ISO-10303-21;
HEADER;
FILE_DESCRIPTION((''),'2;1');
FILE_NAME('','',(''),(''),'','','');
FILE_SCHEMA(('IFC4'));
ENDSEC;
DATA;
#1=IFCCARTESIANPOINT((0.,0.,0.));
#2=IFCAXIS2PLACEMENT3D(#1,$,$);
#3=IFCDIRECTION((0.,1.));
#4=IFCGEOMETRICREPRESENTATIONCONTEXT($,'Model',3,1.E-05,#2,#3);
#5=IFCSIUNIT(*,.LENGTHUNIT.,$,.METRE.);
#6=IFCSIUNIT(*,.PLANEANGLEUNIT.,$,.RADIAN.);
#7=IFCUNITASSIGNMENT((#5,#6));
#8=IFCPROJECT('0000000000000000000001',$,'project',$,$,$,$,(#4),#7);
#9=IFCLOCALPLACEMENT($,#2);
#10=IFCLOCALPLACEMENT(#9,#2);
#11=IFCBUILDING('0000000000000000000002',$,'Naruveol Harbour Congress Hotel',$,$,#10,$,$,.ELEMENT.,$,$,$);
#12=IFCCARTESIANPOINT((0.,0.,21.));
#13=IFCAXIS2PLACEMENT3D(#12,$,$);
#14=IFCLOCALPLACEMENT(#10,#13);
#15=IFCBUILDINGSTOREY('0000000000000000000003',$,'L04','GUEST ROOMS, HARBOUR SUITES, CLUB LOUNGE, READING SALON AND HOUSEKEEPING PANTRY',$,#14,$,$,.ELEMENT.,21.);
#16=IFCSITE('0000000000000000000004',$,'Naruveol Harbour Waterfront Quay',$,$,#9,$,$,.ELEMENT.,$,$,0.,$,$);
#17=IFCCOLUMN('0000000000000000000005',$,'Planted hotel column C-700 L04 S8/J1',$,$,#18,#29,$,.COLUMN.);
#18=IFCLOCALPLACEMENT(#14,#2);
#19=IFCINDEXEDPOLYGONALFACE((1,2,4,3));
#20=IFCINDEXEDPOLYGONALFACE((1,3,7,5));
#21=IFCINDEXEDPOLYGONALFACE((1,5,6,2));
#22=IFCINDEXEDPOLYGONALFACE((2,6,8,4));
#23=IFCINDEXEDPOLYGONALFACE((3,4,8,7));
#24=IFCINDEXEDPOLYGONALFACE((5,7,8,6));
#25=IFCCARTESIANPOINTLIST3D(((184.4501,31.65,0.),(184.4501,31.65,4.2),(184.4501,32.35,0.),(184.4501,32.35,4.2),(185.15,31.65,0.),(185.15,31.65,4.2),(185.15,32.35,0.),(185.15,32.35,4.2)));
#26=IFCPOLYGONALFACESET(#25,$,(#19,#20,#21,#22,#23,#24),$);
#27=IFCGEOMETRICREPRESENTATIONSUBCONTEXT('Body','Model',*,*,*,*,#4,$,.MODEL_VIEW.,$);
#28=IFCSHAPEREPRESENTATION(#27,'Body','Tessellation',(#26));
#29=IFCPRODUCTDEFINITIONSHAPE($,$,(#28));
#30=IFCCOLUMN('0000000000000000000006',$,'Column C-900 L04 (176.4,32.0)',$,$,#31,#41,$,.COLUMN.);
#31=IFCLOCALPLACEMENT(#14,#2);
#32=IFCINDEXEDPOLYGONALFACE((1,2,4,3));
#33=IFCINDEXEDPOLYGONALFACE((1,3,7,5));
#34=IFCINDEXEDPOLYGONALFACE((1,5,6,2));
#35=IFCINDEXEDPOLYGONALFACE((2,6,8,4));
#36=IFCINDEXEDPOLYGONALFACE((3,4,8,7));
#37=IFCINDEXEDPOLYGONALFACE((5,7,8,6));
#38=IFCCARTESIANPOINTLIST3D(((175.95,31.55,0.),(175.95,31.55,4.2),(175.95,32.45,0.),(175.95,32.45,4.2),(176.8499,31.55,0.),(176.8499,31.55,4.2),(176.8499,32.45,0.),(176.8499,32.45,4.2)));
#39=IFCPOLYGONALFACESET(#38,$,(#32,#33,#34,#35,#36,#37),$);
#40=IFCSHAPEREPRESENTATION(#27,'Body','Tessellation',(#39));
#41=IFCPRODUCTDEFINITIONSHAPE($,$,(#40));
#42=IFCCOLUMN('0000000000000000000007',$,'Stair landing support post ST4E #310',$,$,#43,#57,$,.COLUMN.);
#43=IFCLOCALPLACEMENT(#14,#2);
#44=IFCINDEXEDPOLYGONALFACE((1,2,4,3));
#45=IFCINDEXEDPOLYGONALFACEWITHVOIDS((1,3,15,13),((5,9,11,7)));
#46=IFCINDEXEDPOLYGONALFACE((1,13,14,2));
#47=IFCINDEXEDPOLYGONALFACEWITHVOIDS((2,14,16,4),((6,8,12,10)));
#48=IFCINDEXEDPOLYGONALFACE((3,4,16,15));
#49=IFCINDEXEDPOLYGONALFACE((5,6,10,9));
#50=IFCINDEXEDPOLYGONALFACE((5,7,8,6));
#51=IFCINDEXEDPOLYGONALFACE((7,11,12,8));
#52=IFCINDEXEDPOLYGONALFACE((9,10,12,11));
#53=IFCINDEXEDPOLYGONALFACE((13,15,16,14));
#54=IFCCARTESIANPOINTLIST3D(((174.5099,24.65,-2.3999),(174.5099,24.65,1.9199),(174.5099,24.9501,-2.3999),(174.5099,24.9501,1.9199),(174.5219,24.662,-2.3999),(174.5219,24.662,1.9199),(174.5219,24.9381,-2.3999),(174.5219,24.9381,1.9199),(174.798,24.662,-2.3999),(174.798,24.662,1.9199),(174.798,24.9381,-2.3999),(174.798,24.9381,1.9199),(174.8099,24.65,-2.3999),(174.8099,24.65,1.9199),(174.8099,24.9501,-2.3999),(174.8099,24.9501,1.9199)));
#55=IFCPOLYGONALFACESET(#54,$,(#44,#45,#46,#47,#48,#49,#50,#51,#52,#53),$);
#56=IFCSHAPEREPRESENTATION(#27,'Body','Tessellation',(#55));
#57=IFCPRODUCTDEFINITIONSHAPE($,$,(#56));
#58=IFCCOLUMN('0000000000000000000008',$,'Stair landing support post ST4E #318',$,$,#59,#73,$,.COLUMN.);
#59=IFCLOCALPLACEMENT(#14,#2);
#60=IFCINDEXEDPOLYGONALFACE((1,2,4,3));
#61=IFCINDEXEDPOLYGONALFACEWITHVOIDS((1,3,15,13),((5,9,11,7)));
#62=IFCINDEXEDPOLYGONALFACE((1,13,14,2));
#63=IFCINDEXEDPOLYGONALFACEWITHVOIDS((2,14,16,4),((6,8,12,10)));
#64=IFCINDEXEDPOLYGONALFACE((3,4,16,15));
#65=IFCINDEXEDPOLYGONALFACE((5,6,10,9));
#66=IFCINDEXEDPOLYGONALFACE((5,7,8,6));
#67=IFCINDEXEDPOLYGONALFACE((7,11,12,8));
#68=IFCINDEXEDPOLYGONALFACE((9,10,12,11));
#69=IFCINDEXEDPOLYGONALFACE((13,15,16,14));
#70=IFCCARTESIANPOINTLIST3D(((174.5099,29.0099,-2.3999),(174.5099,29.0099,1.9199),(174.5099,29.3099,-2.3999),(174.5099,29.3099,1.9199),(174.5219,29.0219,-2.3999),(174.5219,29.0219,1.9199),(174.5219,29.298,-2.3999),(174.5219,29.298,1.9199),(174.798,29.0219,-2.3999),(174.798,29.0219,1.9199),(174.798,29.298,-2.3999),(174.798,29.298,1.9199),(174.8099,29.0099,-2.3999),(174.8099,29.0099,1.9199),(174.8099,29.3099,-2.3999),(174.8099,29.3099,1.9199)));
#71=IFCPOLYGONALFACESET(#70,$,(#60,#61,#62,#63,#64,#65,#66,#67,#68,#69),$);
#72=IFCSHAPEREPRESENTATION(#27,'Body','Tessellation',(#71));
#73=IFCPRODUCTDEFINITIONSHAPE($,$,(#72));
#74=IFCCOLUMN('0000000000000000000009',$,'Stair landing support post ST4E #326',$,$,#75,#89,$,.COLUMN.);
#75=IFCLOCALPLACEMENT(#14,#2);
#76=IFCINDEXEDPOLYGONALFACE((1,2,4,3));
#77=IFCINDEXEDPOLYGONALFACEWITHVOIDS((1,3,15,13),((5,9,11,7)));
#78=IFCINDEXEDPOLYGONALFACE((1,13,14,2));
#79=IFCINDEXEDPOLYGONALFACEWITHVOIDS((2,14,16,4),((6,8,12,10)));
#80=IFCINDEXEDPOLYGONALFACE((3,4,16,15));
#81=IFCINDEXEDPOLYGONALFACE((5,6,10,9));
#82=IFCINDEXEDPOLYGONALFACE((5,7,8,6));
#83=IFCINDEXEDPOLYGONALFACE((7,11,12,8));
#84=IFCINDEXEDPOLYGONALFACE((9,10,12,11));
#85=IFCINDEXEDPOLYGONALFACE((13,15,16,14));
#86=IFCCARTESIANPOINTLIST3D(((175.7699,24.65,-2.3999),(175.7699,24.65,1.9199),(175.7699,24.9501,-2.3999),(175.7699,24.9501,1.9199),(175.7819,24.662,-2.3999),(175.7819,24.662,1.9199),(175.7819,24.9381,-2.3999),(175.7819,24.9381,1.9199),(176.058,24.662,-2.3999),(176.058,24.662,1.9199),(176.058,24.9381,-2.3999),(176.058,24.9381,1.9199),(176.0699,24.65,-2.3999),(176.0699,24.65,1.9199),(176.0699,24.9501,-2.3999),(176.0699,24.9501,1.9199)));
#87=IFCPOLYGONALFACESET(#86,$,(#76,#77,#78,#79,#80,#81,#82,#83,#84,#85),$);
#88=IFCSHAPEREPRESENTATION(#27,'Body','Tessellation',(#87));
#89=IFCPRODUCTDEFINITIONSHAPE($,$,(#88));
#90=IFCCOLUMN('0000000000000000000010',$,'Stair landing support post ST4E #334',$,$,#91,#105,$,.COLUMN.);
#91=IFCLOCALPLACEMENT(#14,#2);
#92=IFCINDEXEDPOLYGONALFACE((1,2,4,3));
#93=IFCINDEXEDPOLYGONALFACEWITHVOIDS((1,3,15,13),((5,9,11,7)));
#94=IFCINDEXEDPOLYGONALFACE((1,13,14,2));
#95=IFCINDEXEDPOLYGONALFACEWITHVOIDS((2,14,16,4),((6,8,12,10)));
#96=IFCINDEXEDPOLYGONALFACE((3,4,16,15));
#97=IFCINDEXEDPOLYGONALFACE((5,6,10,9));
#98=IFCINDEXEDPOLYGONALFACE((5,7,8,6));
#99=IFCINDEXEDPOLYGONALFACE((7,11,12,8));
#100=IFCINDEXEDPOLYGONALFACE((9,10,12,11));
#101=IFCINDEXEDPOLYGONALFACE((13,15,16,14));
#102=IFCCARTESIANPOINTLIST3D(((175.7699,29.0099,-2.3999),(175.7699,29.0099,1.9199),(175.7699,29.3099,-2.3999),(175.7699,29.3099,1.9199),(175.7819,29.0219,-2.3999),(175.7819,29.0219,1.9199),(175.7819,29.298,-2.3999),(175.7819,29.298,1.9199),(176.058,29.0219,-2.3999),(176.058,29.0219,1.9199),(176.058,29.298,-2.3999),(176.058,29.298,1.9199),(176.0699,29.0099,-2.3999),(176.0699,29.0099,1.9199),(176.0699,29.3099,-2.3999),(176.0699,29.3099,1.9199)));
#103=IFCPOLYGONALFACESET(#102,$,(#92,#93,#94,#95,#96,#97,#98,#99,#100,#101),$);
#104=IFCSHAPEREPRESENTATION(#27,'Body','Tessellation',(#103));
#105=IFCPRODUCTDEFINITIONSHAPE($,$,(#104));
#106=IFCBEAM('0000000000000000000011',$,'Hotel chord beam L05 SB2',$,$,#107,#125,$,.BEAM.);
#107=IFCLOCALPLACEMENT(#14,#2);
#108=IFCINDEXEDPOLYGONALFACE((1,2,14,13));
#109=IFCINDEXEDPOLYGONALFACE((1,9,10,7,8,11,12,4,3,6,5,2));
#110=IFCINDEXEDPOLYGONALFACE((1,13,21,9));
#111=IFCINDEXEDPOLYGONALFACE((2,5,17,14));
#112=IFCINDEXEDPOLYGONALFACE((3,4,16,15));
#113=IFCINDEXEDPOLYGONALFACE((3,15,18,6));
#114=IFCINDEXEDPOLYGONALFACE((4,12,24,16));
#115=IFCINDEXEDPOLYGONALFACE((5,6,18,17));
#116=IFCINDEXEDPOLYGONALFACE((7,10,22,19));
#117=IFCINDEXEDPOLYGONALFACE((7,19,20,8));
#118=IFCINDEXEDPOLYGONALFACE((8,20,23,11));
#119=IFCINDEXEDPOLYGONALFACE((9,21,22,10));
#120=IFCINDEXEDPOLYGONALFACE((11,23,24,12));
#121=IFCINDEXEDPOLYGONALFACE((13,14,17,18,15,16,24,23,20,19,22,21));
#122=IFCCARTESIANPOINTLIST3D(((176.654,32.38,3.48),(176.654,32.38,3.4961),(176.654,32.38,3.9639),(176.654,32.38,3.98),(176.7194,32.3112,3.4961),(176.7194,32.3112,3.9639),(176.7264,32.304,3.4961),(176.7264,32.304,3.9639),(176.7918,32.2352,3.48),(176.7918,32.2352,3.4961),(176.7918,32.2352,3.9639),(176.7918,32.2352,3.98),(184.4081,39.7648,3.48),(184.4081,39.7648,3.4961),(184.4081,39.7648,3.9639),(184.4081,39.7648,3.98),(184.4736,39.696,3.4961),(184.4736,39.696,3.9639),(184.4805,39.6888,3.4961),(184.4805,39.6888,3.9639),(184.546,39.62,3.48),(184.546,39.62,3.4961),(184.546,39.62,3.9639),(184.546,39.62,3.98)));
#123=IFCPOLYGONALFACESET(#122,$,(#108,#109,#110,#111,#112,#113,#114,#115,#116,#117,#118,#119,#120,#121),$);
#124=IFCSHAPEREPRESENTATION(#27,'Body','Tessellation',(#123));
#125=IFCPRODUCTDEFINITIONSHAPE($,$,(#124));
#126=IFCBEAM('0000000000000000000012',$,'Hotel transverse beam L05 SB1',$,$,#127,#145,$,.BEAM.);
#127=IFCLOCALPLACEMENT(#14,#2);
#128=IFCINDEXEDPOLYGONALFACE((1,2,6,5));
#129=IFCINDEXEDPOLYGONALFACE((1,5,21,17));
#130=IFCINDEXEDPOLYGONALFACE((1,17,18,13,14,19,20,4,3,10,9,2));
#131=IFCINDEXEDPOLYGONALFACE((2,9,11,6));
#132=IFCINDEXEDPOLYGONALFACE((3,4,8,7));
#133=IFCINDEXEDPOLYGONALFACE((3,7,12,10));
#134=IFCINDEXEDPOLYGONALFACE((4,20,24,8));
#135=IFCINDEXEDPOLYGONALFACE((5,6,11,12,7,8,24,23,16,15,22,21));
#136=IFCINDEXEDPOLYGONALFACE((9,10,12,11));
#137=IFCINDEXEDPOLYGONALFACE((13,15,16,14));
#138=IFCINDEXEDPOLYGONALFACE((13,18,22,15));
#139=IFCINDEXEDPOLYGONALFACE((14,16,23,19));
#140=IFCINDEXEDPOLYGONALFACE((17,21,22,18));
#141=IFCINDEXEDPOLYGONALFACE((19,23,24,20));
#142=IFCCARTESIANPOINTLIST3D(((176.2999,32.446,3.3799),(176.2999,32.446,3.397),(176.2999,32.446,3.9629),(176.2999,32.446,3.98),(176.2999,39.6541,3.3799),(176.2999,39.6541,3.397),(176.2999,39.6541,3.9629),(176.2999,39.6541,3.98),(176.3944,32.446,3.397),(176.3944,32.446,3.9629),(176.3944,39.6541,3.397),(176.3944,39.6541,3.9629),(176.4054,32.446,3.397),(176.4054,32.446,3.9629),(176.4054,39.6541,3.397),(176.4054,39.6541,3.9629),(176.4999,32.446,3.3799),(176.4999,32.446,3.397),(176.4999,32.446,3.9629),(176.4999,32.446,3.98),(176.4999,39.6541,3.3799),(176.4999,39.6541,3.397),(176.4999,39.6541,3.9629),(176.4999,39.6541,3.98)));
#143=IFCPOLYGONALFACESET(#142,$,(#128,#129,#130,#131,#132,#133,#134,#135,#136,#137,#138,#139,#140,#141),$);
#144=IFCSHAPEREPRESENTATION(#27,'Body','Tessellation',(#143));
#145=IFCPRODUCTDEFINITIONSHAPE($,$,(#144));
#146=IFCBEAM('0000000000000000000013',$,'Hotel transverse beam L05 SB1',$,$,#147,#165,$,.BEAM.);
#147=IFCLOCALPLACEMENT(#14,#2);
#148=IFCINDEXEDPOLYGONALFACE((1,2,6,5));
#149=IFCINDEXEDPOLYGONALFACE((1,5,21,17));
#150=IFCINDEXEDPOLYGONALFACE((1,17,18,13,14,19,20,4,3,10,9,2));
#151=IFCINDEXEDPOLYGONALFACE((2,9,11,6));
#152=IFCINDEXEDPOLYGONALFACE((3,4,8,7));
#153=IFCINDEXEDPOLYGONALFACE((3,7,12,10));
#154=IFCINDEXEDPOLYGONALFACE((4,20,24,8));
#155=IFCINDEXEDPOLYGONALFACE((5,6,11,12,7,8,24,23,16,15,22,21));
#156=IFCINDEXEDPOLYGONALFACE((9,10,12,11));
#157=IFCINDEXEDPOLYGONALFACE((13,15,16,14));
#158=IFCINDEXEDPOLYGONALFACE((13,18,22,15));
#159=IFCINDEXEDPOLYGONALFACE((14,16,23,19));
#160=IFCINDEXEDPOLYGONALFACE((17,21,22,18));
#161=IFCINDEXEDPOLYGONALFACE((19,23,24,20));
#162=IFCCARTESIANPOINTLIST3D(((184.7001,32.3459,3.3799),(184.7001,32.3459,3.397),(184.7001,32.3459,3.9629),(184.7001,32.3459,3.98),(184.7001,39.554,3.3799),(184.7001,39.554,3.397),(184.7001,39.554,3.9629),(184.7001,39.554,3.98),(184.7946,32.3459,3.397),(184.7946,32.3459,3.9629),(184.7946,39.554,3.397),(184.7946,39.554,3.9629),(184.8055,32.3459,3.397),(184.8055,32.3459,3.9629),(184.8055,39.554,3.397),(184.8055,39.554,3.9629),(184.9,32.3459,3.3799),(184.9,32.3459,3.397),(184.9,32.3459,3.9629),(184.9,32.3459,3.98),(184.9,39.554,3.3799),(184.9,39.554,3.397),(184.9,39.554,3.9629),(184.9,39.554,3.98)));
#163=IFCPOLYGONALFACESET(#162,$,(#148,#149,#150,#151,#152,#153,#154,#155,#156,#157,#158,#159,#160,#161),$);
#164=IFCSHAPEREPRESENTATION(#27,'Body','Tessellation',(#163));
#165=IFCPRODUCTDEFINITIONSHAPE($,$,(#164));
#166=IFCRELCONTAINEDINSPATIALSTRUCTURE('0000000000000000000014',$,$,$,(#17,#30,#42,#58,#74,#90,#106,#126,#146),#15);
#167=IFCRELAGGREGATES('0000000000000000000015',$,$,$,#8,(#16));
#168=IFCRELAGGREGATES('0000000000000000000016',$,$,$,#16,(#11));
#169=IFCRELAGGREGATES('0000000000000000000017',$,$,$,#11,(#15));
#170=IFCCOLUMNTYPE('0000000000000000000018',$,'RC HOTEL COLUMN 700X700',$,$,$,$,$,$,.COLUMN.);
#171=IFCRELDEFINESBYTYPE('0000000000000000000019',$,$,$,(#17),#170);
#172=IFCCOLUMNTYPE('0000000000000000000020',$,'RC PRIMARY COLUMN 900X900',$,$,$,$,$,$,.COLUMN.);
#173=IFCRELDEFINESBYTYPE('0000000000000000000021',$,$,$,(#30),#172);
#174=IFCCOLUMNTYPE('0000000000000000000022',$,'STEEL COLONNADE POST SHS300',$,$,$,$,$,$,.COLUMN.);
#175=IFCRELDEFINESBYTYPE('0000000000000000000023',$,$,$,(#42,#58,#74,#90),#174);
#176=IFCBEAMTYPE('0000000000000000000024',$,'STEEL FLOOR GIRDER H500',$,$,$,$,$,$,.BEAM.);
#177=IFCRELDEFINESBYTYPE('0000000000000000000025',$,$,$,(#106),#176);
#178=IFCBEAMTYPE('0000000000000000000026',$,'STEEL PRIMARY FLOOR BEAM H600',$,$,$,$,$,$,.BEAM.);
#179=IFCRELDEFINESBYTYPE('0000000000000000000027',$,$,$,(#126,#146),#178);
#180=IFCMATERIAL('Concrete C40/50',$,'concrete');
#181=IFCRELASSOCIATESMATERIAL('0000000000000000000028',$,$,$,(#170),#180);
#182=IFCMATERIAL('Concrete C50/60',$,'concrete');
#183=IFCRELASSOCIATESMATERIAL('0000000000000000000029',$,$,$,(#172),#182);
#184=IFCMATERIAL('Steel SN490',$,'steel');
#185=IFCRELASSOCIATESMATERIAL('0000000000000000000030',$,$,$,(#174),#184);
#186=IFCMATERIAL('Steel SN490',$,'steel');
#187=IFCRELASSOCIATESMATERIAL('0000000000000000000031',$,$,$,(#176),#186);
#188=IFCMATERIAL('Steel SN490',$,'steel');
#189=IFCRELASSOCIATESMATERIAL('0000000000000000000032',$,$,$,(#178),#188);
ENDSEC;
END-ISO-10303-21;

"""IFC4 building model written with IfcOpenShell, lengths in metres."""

from ifc_helpers import new_model, si_unit, direction, frame, origin, origin_2d, place, context, subcontext, project, spatial, rectangle, hollow_rectangle, i_section, extrude, material, material_profile, profile_set, type_object, element, save


model = new_model("IFC4")

# Units and contexts
model_context = context("Model", 3, precision=1e-05, world=origin(), true_north=direction((0.0, 1.0)))
body_context = subcontext(model_context, "Body", "Model", "MODEL_VIEW")
ifc_project = project(units=[si_unit("LENGTHUNIT", "METRE"), si_unit("PLANEANGLEUNIT", "RADIAN")], contexts=[model_context])

# Site, building, storey
site_placement = place(None, origin())
site = spatial("IfcSite", under=ifc_project, at=site_placement, Name="Naruveol Harbour Waterfront Quay", CompositionType="ELEMENT", RefElevation=0.0)
building_placement = place(site_placement, origin())
building = spatial("IfcBuilding", under=site, at=building_placement, Name="Naruveol Harbour Congress Hotel", CompositionType="ELEMENT")
storey_placement = place(building_placement, frame((0.0, 0.0, 21.0)))
storey = spatial("IfcBuildingStorey", under=building, at=storey_placement, Name="L04", Description="GUEST ROOMS, HARBOUR SUITES, CLUB LOUNGE, READING SALON AND HOUSEKEEPING PANTRY", CompositionType="ELEMENT", Elevation=21.0)

# Columns
ifc_material_1 = material(Name="Concrete C40/50", Category="concrete")
ifc_material_profile_1 = material_profile(ifc_material_1, rectangle(XDim=0.7, YDim=0.7, at=origin_2d()), Name="RC-700x700")
ifc_profile_set_1 = profile_set([ifc_material_profile_1], Name="Concrete C40/50")
column_type_1 = type_object("IfcColumnType", Name="RC HOTEL COLUMN 700X700", PredefinedType="COLUMN", material=ifc_profile_set_1)
column_1_placement = place(storey_placement, frame((184.8, 32.0, 0.0), z_axis=(0.0, 0.0, 1.0), x_axis=(1.0, 0.0, 0.0)))
element("IfcColumn", 1, at=column_1_placement, inside=storey, type_object=column_type_1, Name="Planted hotel column C-700 L04 S8/J1", PredefinedType="COLUMN", context=body_context, shape_type="SweptSolid", body=[
    extrude(rectangle(XDim=0.7, YDim=0.7, at=origin_2d()), origin(), (0.0, 0.0, 1.0), 4.2),
])
ifc_material_2 = material(Name="Concrete C50/60", Category="concrete")
ifc_material_profile_2 = material_profile(ifc_material_2, rectangle(XDim=0.8999, YDim=0.8999, at=origin_2d()), Name="RC-900x900")
ifc_profile_set_2 = profile_set([ifc_material_profile_2], Name="Concrete C50/60")
column_type_2 = type_object("IfcColumnType", Name="RC PRIMARY COLUMN 900X900", PredefinedType="COLUMN", material=ifc_profile_set_2)
column_2_placement = place(storey_placement, frame((176.3999, 32.0, 0.0), z_axis=(0.0, 0.0, 1.0), x_axis=(1.0, 0.0, 0.0)))
element("IfcColumn", 2, at=column_2_placement, inside=storey, type_object=column_type_2, Name="Column C-900 L04 (176.4,32.0)", PredefinedType="COLUMN", context=body_context, shape_type="SweptSolid", body=[
    extrude(rectangle(XDim=0.8999, YDim=0.8999, at=origin_2d()), origin(), (0.0, 0.0, 1.0), 4.2),
])
ifc_material_3 = material(Name="Steel SN490", Category="steel")
ifc_material_profile_3 = material_profile(ifc_material_3, hollow_rectangle(XDim=0.3, YDim=0.3, WallThickness=0.012, at=origin_2d()), Name="SHS-300x300x12")
ifc_profile_set_3 = profile_set([ifc_material_profile_3], Name="Steel SN490")
column_type_3 = type_object("IfcColumnType", Name="STEEL COLONNADE POST SHS300", PredefinedType="COLUMN", material=ifc_profile_set_3)
for number, where, z_axis, x_axis, name in (
    (3, (174.6599, 24.8, -2.3999), (0.0, 0.0, 1.0), (1.0, 0.0, 0.0), "Stair landing support post ST4E #310"),
    (4, (174.6599, 29.1599, -2.3999), (0.0, 0.0, 1.0), (1.0, 0.0, 0.0), "Stair landing support post ST4E #318"),
    (5, (175.9199, 24.8, -2.3999), (0.0, 0.0, 1.0), (1.0, 0.0, 0.0), "Stair landing support post ST4E #326"),
    (6, (175.9199, 29.1599, -2.3999), (0.0, 0.0, 1.0), (1.0, 0.0, 0.0), "Stair landing support post ST4E #334"),
):
    element("IfcColumn", number, at=place(storey_placement, frame(where, z_axis=z_axis, x_axis=x_axis)), inside=storey, type_object=column_type_3, Name=name, PredefinedType="COLUMN", context=body_context, shape_type="SweptSolid", body=[
        extrude(hollow_rectangle(XDim=0.3, YDim=0.3, WallThickness=0.012, at=origin_2d()), origin(), (0.0, 0.0, 1.0), 4.3198),
    ])

# Beams
ifc_material_4 = material(Name="Steel SN490", Category="steel")
ifc_material_profile_4 = material_profile(ifc_material_4, i_section(OverallWidth=0.2, OverallDepth=0.5, WebThickness=0.01, FlangeThickness=0.0161, at=origin_2d()), Name="H-500x200x10x16")
ifc_profile_set_4 = profile_set([ifc_material_profile_4], Name="Steel SN490")
beam_type_1 = type_object("IfcBeamType", Name="STEEL FLOOR GIRDER H500", PredefinedType="BEAM", material=ifc_profile_set_4)
beam_placement = place(storey_placement, frame((176.7229, 32.3076, 3.73), z_axis=(0.724144, 0.689648, 0.0), x_axis=(-0.689648, 0.724144, 0.0)))
element("IfcBeam", 7, at=beam_placement, inside=storey, type_object=beam_type_1, Name="Hotel chord beam L05 SB2", PredefinedType="BEAM", context=body_context, shape_type="SweptSolid", body=[
    extrude(i_section(OverallWidth=0.2, OverallDepth=0.5, WebThickness=0.01, FlangeThickness=0.0161, at=origin_2d()), origin(), (0.0, 0.0, 1.0), 10.708),
])
ifc_material_5 = material(Name="Steel SN490", Category="steel")
ifc_material_profile_5 = material_profile(ifc_material_5, i_section(OverallWidth=0.2, OverallDepth=0.6001, WebThickness=0.011, FlangeThickness=0.0171, at=origin_2d()), Name="H-600x200x11x17")
ifc_profile_set_5 = profile_set([ifc_material_profile_5], Name="Steel SN490")
beam_type_2 = type_object("IfcBeamType", Name="STEEL PRIMARY FLOOR BEAM H600", PredefinedType="BEAM", material=ifc_profile_set_5)
for number, where, z_axis, x_axis, name in (
    (8, (176.3999, 32.446, 3.6799), (0.0, 1.0, 0.0), (-1.0, 0.0, 0.0), "Hotel transverse beam L05 SB1"),
    (9, (184.8, 32.3459, 3.6799), (0.0, 1.0, 0.0), (-1.0, 0.0, 0.0), "Hotel transverse beam L05 SB1"),
):
    element("IfcBeam", number, at=place(storey_placement, frame(where, z_axis=z_axis, x_axis=x_axis)), inside=storey, type_object=beam_type_2, Name=name, PredefinedType="BEAM", context=body_context, shape_type="SweptSolid", body=[
        extrude(i_section(OverallWidth=0.2, OverallDepth=0.6001, WebThickness=0.011, FlangeThickness=0.0171, at=origin_2d()), origin(), (0.0, 0.0, 1.0), 7.208),
    ])

save(model, "model.ifc")
